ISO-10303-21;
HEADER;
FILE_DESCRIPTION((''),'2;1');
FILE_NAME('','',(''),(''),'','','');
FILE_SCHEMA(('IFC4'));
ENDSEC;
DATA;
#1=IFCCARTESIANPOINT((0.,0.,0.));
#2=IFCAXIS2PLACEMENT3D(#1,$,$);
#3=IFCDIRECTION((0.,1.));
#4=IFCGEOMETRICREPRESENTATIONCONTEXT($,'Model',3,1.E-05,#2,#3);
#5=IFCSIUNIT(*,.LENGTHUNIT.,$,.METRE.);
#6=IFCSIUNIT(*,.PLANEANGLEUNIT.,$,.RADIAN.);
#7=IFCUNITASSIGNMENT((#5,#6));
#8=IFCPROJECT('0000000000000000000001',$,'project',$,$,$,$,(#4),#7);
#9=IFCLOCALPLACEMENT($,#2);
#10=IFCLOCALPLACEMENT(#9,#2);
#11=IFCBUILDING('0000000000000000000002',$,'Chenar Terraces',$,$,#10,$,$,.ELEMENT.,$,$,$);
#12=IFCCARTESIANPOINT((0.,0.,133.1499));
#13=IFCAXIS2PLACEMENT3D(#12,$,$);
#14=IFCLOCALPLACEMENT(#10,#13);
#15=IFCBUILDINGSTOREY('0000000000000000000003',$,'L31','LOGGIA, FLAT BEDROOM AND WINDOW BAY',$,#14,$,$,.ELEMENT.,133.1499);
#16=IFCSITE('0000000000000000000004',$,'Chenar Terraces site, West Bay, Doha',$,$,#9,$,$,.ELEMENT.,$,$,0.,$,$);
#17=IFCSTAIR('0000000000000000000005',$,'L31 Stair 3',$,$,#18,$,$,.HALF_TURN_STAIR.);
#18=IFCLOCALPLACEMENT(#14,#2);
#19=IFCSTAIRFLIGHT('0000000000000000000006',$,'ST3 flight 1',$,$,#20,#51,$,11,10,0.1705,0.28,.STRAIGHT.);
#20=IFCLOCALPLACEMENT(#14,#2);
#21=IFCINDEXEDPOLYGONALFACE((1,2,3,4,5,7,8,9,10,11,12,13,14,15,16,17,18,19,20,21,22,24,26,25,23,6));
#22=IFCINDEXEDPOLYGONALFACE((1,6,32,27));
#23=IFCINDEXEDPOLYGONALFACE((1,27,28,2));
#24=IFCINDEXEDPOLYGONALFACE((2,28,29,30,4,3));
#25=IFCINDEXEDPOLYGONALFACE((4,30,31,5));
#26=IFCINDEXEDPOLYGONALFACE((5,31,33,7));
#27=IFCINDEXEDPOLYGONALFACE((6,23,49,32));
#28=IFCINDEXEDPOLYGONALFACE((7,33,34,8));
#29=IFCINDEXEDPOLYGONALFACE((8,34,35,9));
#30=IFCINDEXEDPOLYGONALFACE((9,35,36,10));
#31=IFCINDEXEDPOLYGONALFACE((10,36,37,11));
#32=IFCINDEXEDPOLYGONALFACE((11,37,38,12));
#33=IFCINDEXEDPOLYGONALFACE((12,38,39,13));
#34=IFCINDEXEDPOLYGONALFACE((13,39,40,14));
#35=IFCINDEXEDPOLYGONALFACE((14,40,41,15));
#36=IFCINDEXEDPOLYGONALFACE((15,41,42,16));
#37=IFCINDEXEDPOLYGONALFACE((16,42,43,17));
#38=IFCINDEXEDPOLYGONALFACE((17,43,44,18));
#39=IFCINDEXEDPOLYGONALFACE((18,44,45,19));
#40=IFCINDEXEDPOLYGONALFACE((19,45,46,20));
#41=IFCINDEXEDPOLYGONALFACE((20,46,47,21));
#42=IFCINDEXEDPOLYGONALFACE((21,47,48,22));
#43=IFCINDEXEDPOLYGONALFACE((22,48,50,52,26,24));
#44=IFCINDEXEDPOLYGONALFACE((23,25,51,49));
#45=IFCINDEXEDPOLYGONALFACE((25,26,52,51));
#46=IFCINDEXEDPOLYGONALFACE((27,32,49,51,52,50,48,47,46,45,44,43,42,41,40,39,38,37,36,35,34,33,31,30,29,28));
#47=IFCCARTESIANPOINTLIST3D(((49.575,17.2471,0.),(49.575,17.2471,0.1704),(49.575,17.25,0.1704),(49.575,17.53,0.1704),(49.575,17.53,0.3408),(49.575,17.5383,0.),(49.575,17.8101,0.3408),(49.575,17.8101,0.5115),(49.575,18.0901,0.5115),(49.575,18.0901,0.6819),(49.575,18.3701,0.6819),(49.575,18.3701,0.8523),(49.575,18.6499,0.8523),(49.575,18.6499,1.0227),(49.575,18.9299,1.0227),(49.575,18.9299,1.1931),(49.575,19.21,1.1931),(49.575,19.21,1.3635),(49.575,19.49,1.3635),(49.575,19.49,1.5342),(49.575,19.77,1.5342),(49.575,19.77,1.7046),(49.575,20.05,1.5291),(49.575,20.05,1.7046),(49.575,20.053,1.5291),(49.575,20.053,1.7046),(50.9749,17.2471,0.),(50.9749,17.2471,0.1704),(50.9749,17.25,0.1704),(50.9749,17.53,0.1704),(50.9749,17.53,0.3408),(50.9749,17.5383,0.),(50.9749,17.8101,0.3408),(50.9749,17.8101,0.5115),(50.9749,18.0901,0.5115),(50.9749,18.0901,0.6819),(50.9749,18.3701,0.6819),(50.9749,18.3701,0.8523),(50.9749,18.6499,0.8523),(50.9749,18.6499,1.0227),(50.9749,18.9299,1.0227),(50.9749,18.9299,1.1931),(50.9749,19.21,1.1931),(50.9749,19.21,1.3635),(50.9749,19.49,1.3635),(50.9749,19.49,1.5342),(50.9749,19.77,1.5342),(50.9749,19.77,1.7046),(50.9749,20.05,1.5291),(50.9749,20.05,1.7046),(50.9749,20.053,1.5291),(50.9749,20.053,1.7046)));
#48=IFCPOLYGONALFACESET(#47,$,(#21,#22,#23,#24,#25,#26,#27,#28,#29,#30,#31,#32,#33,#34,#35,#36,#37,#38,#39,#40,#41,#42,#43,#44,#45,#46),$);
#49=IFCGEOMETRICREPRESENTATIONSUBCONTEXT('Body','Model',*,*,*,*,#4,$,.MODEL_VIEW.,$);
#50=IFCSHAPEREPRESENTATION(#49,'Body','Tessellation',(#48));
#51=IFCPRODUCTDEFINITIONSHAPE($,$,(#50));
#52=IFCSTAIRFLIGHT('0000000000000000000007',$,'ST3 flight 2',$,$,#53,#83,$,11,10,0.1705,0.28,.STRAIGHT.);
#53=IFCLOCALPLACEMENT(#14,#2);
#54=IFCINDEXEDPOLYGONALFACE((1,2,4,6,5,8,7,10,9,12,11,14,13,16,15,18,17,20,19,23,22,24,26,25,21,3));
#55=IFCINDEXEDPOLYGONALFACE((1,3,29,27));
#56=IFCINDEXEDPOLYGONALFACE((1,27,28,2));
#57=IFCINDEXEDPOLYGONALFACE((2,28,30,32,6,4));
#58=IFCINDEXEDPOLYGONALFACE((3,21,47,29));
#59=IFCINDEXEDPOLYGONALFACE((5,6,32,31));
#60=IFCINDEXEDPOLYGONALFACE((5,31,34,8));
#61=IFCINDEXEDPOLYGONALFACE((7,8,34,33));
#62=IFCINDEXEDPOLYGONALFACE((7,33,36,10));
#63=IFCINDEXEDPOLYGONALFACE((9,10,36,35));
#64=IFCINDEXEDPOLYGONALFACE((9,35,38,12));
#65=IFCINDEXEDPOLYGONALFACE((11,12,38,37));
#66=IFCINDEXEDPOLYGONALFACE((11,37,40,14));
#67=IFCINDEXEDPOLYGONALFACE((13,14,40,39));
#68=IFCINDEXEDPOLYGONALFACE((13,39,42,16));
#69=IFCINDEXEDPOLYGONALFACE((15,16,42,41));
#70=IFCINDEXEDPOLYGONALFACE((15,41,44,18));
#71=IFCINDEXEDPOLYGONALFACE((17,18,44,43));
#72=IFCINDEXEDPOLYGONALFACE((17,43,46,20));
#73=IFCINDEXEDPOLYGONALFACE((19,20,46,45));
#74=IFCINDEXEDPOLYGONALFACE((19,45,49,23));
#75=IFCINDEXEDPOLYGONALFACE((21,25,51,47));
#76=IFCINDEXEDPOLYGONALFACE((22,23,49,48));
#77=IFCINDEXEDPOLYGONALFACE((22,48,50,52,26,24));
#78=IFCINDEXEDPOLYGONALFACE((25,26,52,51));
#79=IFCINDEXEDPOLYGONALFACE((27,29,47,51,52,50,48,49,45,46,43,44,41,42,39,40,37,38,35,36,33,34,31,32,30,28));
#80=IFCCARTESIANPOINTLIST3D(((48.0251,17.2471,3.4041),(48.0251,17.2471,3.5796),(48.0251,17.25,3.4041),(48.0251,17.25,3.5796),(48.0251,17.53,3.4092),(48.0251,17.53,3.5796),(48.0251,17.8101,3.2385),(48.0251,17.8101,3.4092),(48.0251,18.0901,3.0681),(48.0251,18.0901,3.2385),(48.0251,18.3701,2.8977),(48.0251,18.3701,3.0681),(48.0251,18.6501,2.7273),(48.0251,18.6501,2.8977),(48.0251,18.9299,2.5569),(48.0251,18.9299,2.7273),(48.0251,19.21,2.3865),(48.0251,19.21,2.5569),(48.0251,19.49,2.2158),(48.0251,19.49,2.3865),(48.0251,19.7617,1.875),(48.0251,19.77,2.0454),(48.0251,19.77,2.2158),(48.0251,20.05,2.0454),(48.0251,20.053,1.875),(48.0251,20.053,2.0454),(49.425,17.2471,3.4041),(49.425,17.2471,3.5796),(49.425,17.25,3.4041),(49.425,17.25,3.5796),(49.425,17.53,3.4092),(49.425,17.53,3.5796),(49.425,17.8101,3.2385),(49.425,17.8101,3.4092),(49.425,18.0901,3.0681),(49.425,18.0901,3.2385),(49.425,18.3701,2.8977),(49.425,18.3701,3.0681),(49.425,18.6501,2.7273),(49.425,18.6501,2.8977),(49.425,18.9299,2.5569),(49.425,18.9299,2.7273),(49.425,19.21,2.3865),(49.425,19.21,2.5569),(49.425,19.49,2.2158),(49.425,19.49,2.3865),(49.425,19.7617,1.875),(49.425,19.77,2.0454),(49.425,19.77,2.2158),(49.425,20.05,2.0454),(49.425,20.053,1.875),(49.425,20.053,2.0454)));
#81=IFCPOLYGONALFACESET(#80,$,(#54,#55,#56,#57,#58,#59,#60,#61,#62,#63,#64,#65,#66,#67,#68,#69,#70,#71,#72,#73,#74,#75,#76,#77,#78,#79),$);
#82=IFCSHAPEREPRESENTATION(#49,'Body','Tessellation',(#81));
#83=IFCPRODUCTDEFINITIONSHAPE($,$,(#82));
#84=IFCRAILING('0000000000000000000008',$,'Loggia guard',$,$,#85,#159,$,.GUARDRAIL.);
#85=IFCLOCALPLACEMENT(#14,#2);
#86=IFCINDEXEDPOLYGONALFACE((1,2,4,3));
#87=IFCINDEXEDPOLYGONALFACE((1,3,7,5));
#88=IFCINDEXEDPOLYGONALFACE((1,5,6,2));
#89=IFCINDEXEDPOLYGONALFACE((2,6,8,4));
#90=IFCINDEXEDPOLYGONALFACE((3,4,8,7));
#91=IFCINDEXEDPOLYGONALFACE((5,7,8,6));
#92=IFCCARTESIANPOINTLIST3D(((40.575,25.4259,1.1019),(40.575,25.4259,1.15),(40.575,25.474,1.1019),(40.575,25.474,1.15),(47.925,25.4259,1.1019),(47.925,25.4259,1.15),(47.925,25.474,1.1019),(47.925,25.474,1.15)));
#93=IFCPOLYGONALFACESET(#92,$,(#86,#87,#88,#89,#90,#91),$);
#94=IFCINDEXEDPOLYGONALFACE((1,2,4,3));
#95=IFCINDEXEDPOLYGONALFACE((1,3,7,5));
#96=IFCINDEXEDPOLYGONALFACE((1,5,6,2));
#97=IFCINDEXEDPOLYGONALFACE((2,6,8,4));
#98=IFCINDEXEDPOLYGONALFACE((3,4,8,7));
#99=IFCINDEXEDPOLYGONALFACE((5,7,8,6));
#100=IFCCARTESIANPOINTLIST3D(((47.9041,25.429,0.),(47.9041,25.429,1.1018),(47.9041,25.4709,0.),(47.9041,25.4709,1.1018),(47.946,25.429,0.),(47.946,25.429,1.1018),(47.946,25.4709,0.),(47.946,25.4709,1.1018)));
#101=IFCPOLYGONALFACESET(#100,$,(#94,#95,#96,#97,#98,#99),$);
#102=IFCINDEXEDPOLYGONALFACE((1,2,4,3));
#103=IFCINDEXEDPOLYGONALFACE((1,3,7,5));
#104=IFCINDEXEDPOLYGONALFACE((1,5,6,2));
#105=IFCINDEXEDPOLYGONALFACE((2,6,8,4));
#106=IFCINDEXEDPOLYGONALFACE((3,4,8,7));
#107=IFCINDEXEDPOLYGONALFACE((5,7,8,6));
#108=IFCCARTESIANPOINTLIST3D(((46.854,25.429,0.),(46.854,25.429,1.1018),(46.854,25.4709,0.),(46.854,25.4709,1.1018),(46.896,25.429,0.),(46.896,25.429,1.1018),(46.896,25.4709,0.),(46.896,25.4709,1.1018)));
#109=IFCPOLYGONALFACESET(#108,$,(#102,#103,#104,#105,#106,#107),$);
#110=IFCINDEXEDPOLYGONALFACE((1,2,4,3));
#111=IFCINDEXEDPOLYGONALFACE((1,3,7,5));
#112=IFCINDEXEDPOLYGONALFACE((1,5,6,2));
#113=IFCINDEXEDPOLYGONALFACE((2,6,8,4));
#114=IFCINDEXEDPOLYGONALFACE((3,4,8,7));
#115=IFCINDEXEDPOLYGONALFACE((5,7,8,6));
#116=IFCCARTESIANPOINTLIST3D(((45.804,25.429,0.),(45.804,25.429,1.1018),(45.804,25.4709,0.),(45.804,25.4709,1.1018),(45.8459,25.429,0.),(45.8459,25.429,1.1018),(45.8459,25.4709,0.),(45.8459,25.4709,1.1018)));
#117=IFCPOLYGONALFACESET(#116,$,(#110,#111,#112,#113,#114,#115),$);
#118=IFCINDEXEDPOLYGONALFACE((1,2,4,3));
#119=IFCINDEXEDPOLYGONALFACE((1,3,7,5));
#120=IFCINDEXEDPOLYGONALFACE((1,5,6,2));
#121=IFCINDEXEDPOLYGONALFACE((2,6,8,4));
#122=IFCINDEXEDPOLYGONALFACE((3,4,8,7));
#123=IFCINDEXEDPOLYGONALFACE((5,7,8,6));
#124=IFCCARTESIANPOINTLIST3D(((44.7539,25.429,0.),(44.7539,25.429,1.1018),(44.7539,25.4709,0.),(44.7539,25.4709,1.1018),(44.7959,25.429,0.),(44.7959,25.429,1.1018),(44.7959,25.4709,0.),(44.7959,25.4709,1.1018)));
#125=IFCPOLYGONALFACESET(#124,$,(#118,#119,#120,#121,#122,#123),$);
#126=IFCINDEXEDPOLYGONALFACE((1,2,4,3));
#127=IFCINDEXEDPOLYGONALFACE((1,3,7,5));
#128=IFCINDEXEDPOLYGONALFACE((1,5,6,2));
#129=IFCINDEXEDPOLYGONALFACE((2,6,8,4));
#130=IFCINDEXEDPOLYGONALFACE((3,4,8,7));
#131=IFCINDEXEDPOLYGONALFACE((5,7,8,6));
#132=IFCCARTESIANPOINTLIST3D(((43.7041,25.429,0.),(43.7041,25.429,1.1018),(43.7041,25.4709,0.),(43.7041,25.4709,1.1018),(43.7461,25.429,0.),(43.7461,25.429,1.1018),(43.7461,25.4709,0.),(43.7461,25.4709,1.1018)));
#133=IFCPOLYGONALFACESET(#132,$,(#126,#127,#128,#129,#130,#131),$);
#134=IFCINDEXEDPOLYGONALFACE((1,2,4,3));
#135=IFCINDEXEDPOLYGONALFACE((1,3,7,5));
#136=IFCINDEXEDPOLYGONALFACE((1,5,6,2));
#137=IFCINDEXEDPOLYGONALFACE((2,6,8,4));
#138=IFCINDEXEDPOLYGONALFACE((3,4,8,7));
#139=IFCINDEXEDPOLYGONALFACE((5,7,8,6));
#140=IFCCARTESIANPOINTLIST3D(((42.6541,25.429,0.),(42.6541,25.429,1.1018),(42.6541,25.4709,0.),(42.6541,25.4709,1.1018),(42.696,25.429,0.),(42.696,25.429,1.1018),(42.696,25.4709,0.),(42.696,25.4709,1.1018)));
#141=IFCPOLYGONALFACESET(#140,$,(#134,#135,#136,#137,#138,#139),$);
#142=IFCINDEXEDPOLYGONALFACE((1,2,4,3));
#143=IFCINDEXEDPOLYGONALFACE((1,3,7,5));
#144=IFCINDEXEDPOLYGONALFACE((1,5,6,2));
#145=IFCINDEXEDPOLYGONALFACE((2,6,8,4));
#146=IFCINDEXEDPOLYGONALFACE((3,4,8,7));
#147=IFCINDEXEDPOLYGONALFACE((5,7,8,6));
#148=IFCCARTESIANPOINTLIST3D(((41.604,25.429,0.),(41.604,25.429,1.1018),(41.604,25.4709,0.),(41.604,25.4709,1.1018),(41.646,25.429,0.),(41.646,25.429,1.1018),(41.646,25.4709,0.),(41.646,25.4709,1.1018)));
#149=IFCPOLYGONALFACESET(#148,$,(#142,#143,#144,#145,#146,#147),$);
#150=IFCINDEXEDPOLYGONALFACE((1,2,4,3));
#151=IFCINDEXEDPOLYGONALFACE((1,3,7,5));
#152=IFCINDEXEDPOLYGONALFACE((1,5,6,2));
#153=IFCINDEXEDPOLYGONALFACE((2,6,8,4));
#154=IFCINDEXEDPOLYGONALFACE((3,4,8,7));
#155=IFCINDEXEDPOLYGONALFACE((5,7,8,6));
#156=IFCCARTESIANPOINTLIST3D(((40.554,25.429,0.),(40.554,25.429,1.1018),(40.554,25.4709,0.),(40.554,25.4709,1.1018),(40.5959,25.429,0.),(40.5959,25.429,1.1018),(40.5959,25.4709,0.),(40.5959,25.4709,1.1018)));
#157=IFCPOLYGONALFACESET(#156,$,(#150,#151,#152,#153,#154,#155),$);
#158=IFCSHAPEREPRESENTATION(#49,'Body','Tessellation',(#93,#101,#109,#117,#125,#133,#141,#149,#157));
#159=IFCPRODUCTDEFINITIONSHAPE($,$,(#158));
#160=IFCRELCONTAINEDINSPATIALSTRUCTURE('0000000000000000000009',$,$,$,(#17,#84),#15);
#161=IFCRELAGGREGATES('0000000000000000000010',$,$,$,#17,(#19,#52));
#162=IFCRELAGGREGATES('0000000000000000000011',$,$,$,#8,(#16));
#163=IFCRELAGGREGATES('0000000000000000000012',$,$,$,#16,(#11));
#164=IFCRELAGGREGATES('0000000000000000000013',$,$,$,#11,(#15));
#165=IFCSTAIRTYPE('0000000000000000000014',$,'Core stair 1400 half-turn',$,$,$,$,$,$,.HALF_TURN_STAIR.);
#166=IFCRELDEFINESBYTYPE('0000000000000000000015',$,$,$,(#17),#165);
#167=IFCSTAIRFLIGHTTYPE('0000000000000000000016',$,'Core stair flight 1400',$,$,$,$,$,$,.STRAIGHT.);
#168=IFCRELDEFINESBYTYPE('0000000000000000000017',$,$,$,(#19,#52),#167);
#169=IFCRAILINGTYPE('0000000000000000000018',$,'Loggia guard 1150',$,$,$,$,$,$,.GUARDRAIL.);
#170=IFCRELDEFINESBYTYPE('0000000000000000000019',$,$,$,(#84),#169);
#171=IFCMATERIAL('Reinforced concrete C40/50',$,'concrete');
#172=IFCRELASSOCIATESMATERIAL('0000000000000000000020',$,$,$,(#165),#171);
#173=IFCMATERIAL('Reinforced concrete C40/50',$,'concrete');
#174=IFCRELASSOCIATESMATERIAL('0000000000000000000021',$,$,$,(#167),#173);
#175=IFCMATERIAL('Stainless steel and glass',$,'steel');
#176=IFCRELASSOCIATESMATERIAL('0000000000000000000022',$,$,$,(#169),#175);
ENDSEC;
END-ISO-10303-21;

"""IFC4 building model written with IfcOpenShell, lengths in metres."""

from ifc_helpers import new_model, si_unit, direction, frame, origin, origin_2d, place, context, subcontext, project, spatial, polyline, rectangle, outline, extrude, material, type_object, element, aggregate, save


model = new_model("IFC4")

# Units and contexts
model_context = context("Model", 3, precision=1e-05, world=origin(), true_north=direction((0.0, 1.0)))
body_context = subcontext(model_context, "Body", "Model", "MODEL_VIEW")
ifc_project = project(units=[si_unit("LENGTHUNIT", "METRE"), si_unit("PLANEANGLEUNIT", "RADIAN")], contexts=[model_context])

# Site, building, storey
site_placement = place(None, origin())
site = spatial("IfcSite", under=ifc_project, at=site_placement, Name="Chenar Terraces site, West Bay, Doha", CompositionType="ELEMENT", RefElevation=0.0)
building_placement = place(site_placement, origin())
building = spatial("IfcBuilding", under=site, at=building_placement, Name="Chenar Terraces", CompositionType="ELEMENT")
storey_placement = place(building_placement, frame((0.0, 0.0, 133.1499)))
storey = spatial("IfcBuildingStorey", under=building, at=storey_placement, Name="L31", Description="LOGGIA, FLAT BEDROOM AND WINDOW BAY", CompositionType="ELEMENT", Elevation=133.1499)

# Stair, stair flights
ifc_material_1 = material(Name="Reinforced concrete C40/50", Category="concrete")
stair_type = type_object("IfcStairType", Name="Core stair 1400 half-turn", PredefinedType="HALF_TURN_STAIR", material=ifc_material_1)
stair_placement = place(storey_placement, origin())
stair = element("IfcStair", 1, at=stair_placement, inside=storey, type_object=stair_type, Name="L31 Stair 3", PredefinedType="HALF_TURN_STAIR")
ifc_material_2 = material(Name="Reinforced concrete C40/50", Category="concrete")
stair_flight_type = type_object("IfcStairFlightType", Name="Core stair flight 1400", PredefinedType="STRAIGHT", material=ifc_material_2)
stair_flight_1_placement = place(storey_placement, frame((50.2749, 17.25, 0.0), z_axis=(0.0, 0.0, 1.0), x_axis=(0.0, 1.0, 0.0)))
stair_flight_1 = element("IfcStairFlight", 2, at=stair_flight_1_placement, type_object=stair_flight_type, Name="ST3 flight 1", NumberOfRisers=11, NumberOfTreads=10, PredefinedType="STRAIGHT", RiserHeight=0.1705, TreadLength=0.28, context=body_context, shape_type="SweptSolid", body=[
    extrude(outline(polyline([(-0.0029, 0.0), (-0.0029, 0.1704), (0.0, 0.1704), (0.28, 0.1704), (0.28, 0.3408), (0.5601, 0.3408), (0.5601, 0.5115), (0.8401, 0.5115), (0.8401, 0.6819), (1.1201, 0.6819), (1.1201, 0.8523), (1.3999, 0.8523), (1.3999, 1.0227), (1.6799, 1.0227), (1.6799, 1.1931), (1.96, 1.1931), (1.96, 1.3635), (2.24, 1.3635), (2.24, 1.5342), (2.52, 1.5342), (2.52, 1.7046), (2.8, 1.7046), (2.803, 1.7046), (2.803, 1.5291), (2.8, 1.5291), (0.2883, 0.0), (-0.0029, 0.0)])), frame((0.0, 0.7, 0.0), z_axis=(0.0, -1.0, 0.0), x_axis=(1.0, 0.0, 0.0)), (0.0, 0.0, 1.0), 1.3999),
])
stair_flight_2_placement = place(storey_placement, frame((48.7251, 20.05, 1.875), z_axis=(0.0, 0.0, 1.0), x_axis=(0.0, -1.0, 0.0)))
stair_flight_2 = element("IfcStairFlight", 3, at=stair_flight_2_placement, type_object=stair_flight_type, Name="ST3 flight 2", NumberOfRisers=11, NumberOfTreads=10, PredefinedType="STRAIGHT", RiserHeight=0.1705, TreadLength=0.28, context=body_context, shape_type="SweptSolid", body=[
    extrude(outline(polyline([(-0.0029, 0.0), (-0.0029, 0.1704), (0.0, 0.1704), (0.28, 0.1704), (0.28, 0.3408), (0.5601, 0.3408), (0.5601, 0.5115), (0.8401, 0.5115), (0.8401, 0.6819), (1.1201, 0.6819), (1.1201, 0.8523), (1.3999, 0.8523), (1.3999, 1.0227), (1.6799, 1.0227), (1.6799, 1.1931), (1.96, 1.1931), (1.96, 1.3635), (2.24, 1.3635), (2.24, 1.5342), (2.52, 1.5342), (2.52, 1.7046), (2.8, 1.7046), (2.803, 1.7046), (2.803, 1.5291), (2.8, 1.5291), (0.2883, 0.0), (-0.0029, 0.0)])), frame((0.0, 0.7, 0.0), z_axis=(0.0, -1.0, 0.0), x_axis=(1.0, 0.0, 0.0)), (0.0, 0.0, 1.0), 1.3999),
])
aggregate(stair, [stair_flight_1, stair_flight_2])

# Railing
ifc_material_3 = material(Name="Stainless steel and glass", Category="steel")
railing_type_1 = type_object("IfcRailingType", Name="Loggia guard 1150", PredefinedType="GUARDRAIL", material=ifc_material_3)
railing_1_placement = place(storey_placement, frame((47.925, 25.45, 0.0)))
element("IfcRailing", 4, at=railing_1_placement, inside=storey, type_object=railing_type_1, Name="Loggia guard", PredefinedType="GUARDRAIL", context=body_context, shape_type="SweptSolid", body=[
    extrude(rectangle(XDim=0.0481, YDim=0.0481, at=origin_2d()), frame((0.0, 0.0, 1.126), z_axis=(-1.0, 0.0, 0.0), x_axis=(0.0, -1.0, 0.0)), (0.0, 0.0, 1.0), 7.3501),
    extrude(rectangle(XDim=0.042, YDim=0.042, at=origin_2d()), origin(), (0.0, 0.0, 1.0), 1.1018),
    extrude(rectangle(XDim=0.042, YDim=0.042, at=origin_2d()), frame((-1.05, 0.0, 0.0)), (0.0, 0.0, 1.0), 1.1018),
    extrude(rectangle(XDim=0.042, YDim=0.042, at=origin_2d()), frame((-2.1001, 0.0, 0.0)), (0.0, 0.0, 1.0), 1.1018),
    extrude(rectangle(XDim=0.042, YDim=0.042, at=origin_2d()), frame((-3.1501, 0.0, 0.0)), (0.0, 0.0, 1.0), 1.1018),
    extrude(rectangle(XDim=0.042, YDim=0.042, at=origin_2d()), frame((-4.2, 0.0, 0.0)), (0.0, 0.0, 1.0), 1.1018),
    extrude(rectangle(XDim=0.042, YDim=0.042, at=origin_2d()), frame((-5.25, 0.0, 0.0)), (0.0, 0.0, 1.0), 1.1018),
    extrude(rectangle(XDim=0.042, YDim=0.042, at=origin_2d()), frame((-6.3, 0.0, 0.0)), (0.0, 0.0, 1.0), 1.1018),
    extrude(rectangle(XDim=0.042, YDim=0.042, at=origin_2d()), frame((-7.3501, 0.0, 0.0)), (0.0, 0.0, 1.0), 1.1018),
])

save(model, "model.ifc")
